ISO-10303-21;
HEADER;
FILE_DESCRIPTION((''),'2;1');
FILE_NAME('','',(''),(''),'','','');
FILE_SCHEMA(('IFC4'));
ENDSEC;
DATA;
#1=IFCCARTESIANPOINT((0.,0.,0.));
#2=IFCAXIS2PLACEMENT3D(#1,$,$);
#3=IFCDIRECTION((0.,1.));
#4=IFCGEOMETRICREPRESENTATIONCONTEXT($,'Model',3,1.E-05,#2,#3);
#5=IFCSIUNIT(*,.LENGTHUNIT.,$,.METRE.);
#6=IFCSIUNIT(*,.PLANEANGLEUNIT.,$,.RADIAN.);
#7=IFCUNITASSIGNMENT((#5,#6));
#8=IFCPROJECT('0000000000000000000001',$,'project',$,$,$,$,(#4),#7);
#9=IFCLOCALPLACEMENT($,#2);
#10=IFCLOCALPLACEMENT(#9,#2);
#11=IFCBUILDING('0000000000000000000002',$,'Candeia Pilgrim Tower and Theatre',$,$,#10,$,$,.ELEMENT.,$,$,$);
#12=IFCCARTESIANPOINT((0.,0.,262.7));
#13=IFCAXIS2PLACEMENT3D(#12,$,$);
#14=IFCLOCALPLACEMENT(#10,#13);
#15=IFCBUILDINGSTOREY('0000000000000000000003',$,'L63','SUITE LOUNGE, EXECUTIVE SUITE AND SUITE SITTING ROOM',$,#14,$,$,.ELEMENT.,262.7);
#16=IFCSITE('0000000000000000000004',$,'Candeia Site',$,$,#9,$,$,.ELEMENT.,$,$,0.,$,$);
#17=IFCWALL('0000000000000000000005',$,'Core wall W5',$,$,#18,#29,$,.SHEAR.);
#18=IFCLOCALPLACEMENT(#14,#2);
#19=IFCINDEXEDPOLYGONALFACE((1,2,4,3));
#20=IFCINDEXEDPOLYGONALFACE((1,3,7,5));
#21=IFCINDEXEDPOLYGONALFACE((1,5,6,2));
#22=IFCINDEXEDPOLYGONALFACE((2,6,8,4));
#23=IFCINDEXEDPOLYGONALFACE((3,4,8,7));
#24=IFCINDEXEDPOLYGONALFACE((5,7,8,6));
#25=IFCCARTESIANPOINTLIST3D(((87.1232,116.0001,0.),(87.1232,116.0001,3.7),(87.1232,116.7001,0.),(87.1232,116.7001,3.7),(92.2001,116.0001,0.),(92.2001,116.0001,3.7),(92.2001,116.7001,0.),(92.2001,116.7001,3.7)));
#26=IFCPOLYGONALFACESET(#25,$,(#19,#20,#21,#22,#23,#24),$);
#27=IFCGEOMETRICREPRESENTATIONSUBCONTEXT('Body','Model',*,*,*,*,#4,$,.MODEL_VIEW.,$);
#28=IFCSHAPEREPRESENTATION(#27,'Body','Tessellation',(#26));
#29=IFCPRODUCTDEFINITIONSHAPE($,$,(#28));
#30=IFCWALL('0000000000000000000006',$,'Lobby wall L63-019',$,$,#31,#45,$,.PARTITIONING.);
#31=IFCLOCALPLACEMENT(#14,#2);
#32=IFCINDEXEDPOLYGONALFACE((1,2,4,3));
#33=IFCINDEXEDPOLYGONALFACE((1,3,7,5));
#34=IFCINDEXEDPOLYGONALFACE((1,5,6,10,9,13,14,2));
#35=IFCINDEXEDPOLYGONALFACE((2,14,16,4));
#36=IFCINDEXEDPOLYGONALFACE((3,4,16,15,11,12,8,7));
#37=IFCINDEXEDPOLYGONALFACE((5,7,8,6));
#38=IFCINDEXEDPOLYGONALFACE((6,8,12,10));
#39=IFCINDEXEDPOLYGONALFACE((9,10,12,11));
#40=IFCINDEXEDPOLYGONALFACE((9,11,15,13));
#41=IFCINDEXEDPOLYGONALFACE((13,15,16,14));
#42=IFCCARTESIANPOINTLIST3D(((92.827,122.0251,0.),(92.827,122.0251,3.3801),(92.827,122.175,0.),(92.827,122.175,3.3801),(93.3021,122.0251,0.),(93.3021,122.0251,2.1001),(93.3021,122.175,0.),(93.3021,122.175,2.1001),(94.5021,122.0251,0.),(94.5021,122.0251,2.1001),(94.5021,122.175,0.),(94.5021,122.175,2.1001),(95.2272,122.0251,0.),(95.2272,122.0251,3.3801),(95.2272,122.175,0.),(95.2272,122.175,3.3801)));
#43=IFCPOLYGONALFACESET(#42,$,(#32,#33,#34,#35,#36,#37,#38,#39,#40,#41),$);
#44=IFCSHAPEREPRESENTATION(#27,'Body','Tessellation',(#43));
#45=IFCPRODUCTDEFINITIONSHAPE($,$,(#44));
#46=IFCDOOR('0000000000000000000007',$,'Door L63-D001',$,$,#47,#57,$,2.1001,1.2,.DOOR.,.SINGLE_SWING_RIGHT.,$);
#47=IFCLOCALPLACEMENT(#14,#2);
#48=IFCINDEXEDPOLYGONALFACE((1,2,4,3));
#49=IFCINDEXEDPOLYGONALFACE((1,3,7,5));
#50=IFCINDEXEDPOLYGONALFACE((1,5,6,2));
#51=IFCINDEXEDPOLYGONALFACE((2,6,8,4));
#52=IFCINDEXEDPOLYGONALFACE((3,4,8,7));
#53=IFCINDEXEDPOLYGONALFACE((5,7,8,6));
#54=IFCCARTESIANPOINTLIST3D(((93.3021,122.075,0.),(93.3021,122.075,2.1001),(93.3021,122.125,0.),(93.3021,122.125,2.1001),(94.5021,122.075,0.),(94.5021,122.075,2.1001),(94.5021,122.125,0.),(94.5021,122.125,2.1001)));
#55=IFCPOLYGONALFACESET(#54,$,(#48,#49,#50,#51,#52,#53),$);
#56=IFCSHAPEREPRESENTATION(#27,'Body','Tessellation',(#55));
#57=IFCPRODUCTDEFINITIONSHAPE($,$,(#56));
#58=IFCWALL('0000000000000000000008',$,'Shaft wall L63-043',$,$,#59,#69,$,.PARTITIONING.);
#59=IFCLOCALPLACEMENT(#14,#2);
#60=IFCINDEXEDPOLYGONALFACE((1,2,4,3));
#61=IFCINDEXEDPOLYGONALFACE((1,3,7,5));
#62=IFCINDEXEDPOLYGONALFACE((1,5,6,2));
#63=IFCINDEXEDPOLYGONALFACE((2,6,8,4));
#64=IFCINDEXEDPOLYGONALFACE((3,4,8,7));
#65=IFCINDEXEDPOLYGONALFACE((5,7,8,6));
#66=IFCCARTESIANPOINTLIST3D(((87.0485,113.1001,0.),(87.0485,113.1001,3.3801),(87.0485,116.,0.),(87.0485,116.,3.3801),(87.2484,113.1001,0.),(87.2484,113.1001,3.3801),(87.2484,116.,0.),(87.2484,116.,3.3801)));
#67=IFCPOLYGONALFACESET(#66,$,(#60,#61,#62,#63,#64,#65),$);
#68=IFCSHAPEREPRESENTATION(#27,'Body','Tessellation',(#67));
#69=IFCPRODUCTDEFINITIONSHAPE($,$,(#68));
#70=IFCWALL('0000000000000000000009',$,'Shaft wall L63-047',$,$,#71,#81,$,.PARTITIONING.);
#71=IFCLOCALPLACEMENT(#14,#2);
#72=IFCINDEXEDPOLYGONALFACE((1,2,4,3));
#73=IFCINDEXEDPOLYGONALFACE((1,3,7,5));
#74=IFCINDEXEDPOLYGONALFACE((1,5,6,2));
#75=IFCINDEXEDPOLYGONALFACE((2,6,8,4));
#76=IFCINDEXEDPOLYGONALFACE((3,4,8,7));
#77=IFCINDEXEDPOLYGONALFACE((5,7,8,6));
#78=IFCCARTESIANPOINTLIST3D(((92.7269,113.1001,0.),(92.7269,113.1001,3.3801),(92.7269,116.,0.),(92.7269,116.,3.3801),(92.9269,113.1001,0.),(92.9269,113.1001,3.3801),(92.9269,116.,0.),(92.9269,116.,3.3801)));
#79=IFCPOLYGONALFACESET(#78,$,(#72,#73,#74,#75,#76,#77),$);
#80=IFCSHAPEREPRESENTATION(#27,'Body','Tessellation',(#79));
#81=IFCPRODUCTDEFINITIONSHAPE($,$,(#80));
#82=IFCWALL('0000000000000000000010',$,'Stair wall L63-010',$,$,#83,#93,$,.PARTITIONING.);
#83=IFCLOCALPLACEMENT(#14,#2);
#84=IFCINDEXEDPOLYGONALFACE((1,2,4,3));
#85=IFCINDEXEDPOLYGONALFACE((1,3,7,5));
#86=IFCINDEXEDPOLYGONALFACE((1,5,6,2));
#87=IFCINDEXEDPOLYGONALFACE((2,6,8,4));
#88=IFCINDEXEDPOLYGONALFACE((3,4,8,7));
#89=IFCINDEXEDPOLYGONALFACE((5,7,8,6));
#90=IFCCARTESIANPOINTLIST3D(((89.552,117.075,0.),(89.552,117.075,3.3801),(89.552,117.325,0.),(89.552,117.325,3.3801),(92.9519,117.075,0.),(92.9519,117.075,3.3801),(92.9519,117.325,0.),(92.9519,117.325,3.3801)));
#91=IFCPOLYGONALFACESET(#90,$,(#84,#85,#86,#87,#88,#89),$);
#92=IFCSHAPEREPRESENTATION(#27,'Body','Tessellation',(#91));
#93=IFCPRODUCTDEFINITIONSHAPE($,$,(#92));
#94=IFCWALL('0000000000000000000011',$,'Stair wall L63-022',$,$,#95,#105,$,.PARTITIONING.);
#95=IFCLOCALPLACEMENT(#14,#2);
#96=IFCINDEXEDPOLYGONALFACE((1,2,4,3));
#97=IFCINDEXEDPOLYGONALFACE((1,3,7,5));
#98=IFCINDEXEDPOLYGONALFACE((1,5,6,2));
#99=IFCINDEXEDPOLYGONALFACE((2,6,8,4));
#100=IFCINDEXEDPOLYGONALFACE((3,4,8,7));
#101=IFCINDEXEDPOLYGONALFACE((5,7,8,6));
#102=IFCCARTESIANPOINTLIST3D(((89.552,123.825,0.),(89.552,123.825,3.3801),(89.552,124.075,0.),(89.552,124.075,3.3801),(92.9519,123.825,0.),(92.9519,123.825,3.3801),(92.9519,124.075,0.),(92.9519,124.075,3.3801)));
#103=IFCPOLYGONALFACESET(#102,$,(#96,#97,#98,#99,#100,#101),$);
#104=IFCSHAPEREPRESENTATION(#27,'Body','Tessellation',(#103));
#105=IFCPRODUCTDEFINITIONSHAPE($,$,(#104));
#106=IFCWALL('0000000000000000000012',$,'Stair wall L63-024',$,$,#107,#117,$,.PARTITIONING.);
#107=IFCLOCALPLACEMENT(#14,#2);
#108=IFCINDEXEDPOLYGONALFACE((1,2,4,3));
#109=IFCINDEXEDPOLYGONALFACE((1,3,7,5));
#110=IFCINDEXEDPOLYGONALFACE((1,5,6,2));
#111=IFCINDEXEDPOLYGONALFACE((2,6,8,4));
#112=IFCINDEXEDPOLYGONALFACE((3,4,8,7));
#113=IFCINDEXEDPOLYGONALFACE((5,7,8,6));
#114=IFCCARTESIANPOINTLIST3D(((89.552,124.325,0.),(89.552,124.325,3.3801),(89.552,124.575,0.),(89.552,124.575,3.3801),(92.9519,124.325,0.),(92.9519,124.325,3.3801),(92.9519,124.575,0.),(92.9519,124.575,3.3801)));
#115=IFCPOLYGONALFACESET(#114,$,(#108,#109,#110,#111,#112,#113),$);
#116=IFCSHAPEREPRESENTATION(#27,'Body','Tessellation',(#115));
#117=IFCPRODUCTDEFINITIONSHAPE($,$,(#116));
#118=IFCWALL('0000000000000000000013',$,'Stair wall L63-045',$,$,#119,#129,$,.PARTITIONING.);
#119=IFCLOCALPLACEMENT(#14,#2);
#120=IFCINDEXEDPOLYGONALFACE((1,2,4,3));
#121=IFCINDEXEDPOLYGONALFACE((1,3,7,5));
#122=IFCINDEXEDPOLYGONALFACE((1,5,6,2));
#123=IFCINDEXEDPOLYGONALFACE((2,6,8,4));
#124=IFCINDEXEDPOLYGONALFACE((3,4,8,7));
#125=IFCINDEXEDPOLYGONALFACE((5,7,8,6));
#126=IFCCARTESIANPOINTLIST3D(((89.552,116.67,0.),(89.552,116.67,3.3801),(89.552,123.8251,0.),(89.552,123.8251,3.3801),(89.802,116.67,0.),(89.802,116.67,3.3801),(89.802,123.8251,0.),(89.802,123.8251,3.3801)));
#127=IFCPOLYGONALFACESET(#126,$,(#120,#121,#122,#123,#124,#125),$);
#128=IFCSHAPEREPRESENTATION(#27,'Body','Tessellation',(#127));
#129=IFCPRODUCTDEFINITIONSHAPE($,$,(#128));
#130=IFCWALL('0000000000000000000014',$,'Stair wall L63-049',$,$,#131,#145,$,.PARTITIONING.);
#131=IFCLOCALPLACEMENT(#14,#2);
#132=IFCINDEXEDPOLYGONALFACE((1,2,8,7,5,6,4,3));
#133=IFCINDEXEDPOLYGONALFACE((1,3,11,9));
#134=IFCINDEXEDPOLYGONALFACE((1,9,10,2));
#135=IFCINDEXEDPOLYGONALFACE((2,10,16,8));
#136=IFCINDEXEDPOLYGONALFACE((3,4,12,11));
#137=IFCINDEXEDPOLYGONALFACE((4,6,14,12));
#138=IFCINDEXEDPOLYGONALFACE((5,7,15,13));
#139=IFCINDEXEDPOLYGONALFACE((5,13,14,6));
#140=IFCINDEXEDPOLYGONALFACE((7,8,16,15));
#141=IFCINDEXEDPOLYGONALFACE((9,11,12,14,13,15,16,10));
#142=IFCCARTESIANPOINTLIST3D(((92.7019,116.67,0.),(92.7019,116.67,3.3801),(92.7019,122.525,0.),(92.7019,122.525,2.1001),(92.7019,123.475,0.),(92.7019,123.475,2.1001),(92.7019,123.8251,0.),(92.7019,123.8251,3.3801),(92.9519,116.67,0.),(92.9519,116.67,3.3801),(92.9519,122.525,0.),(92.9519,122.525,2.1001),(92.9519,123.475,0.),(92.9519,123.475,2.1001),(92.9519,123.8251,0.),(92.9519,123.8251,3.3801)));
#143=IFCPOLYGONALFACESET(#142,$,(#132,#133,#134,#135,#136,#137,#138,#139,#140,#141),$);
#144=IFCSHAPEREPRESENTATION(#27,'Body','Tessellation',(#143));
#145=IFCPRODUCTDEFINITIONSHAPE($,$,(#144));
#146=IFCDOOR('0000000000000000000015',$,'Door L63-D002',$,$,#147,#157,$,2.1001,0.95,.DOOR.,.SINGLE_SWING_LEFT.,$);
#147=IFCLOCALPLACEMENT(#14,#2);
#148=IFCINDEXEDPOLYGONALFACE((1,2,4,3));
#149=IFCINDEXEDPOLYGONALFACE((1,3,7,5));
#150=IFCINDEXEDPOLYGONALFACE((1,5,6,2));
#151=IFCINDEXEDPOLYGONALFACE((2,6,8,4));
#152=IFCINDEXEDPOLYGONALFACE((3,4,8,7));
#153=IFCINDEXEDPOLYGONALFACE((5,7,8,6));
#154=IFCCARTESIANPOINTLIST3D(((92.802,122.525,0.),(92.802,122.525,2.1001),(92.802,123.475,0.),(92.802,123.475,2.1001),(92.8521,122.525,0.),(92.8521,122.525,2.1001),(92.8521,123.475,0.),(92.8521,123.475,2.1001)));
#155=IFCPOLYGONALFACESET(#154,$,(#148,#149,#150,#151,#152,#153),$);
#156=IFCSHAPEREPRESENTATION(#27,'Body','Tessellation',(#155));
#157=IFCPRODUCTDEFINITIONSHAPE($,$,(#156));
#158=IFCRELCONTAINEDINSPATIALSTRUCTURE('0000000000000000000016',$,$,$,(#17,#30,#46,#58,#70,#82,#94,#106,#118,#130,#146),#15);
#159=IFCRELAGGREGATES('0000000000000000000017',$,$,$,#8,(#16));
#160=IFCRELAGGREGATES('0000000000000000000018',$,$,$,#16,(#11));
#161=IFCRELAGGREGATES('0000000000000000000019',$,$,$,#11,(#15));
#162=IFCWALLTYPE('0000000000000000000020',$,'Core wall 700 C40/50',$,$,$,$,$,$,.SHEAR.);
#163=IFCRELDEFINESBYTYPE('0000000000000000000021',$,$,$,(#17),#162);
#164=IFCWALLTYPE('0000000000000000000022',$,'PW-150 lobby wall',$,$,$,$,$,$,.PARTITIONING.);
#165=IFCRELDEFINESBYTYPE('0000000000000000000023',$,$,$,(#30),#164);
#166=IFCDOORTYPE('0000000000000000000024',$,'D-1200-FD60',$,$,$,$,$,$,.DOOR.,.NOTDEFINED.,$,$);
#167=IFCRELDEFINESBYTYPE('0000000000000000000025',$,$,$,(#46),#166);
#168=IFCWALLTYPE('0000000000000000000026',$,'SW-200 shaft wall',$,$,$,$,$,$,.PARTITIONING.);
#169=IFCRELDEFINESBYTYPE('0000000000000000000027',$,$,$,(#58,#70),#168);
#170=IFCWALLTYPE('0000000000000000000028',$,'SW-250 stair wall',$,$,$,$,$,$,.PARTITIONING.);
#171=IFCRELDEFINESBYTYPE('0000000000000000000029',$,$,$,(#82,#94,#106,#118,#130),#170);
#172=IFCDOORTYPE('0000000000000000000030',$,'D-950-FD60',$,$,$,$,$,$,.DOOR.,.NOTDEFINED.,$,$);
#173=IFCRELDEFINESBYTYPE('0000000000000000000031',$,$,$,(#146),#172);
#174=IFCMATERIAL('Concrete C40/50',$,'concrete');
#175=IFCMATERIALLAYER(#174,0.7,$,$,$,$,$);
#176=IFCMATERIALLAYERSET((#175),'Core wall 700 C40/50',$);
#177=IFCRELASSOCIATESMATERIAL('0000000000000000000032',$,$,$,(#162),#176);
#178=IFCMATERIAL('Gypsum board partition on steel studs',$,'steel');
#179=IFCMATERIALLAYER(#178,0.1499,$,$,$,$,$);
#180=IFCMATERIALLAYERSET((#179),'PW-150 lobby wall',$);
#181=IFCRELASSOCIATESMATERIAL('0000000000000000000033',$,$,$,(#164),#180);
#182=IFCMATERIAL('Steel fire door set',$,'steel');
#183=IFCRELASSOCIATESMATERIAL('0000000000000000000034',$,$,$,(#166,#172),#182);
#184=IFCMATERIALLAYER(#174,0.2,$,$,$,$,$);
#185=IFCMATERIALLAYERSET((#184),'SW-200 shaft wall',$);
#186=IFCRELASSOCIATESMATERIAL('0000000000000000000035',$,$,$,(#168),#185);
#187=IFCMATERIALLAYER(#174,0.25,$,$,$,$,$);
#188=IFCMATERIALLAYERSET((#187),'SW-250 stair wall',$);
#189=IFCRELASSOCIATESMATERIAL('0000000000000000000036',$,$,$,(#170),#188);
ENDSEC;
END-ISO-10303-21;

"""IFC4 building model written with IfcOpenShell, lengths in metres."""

from ifc_helpers import new_model, si_unit, direction, frame, frame_2d, origin, place, context, subcontext, project, spatial, rectangle, extrude, material, layer, layer_set, type_object, element, fill, save


model = new_model("IFC4")

# Units and contexts
model_context = context("Model", 3, precision=1e-05, world=origin(), true_north=direction((0.0, 1.0)))
body_context = subcontext(model_context, "Body", "Model", "MODEL_VIEW")
ifc_project = project(units=[si_unit("LENGTHUNIT", "METRE"), si_unit("PLANEANGLEUNIT", "RADIAN")], contexts=[model_context])

# Site, building, storey
site_placement = place(None, origin())
site = spatial("IfcSite", under=ifc_project, at=site_placement, Name="Candeia Site", CompositionType="ELEMENT", RefElevation=0.0)
building_placement = place(site_placement, origin())
building = spatial("IfcBuilding", under=site, at=building_placement, Name="Candeia Pilgrim Tower and Theatre", CompositionType="ELEMENT")
storey_placement = place(building_placement, frame((0.0, 0.0, 262.7)))
storey = spatial("IfcBuildingStorey", under=building, at=storey_placement, Name="L63", Description="SUITE LOUNGE, EXECUTIVE SUITE AND SUITE SITTING ROOM", CompositionType="ELEMENT", Elevation=262.7)

# Wall
ifc_material_1 = material(Name="Concrete C40/50", Category="concrete")
ifc_layer_1 = layer(ifc_material_1, 0.7)
ifc_layer_set_1 = layer_set([ifc_layer_1], Name="Core wall 700 C40/50")
wall_type_1 = type_object("IfcWallType", Name="Core wall 700 C40/50", PredefinedType="SHEAR", material=ifc_layer_set_1)
wall_1_placement = place(storey_placement, frame((87.123, 116.3501, 0.0), z_axis=(0.0, 0.0, 1.0), x_axis=(1.0, 0.0, 0.0)))
element("IfcWall", 1, at=wall_1_placement, inside=storey, type_object=wall_type_1, Name="Core wall W5", PredefinedType="SHEAR", context=body_context, shape_type="SweptSolid", body=[
    extrude(rectangle(XDim=5.0769, YDim=0.7, at=frame_2d((2.5386, 0.0))), origin(), (0.0, 0.0, 1.0), 3.7),
])

# Wall, opening, door
ifc_material_2 = material(Name="Gypsum board partition on steel studs", Category="steel")
ifc_layer_2 = layer(ifc_material_2, 0.1499)
ifc_layer_set_2 = layer_set([ifc_layer_2], Name="PW-150 lobby wall")
wall_type_2 = type_object("IfcWallType", Name="PW-150 lobby wall", PredefinedType="PARTITIONING", material=ifc_layer_set_2)
wall_2_placement = place(storey_placement, frame((92.8269, 122.1001, 0.0), z_axis=(0.0, 0.0, 1.0), x_axis=(1.0, 0.0, 0.0)))
wall_2 = element("IfcWall", 2, at=wall_2_placement, inside=storey, type_object=wall_type_2, Name="Lobby wall L63-019", PredefinedType="PARTITIONING", context=body_context, shape_type="SweptSolid", body=[
    extrude(rectangle(XDim=2.4001, YDim=0.1499, at=frame_2d((1.2002, 0.0))), origin(), (0.0, 0.0, 1.0), 3.3801),
])
opening_1_placement = place(wall_2_placement, frame((0.4751, 0.0, 0.0)))
opening_1 = element("IfcOpeningElement", 3, at=opening_1_placement, cuts=wall_2, PredefinedType="OPENING", context=body_context, shape_type="SweptSolid", body=[
    extrude(rectangle(XDim=1.2, YDim=2.1001, at=frame_2d((0.6001, 1.05))), frame((0.0, 0.085, 0.0), z_axis=(0.0, -1.0, 0.0), x_axis=(1.0, 0.0, 0.0)), (0.0, 0.0, 1.0), 0.1699),
])
ifc_material_3 = material(Name="Steel fire door set", Category="steel")
door_type_1 = type_object("IfcDoorType", Name="D-1200-FD60", OperationType="NOTDEFINED", PredefinedType="DOOR", material=ifc_material_3)
door_1_placement = place(opening_1_placement, origin())
door_1 = element("IfcDoor", 4, at=door_1_placement, inside=storey, type_object=door_type_1, Name="Door L63-D001", OperationType="SINGLE_SWING_RIGHT", OverallHeight=2.1001, OverallWidth=1.2, PredefinedType="DOOR", context=body_context, shape_type="SweptSolid", body=[
    extrude(rectangle(XDim=1.2, YDim=2.1001, at=frame_2d((0.6001, 1.05))), frame((0.0, 0.0249, 0.0), z_axis=(0.0, -1.0, 0.0), x_axis=(1.0, 0.0, 0.0)), (0.0, 0.0, 1.0), 0.05),
])
fill(opening_1, door_1)

# Walls
ifc_layer_3 = layer(ifc_material_1, 0.2)
ifc_layer_set_3 = layer_set([ifc_layer_3], Name="SW-200 shaft wall")
wall_type_3 = type_object("IfcWallType", Name="SW-200 shaft wall", PredefinedType="PARTITIONING", material=ifc_layer_set_3)
for number, where, z_axis, x_axis, name in (
    (5, (87.1484, 113.1001, 0.0), (0.0, 0.0, 1.0), (0.0, 1.0, 0.0), "Shaft wall L63-043"),
    (6, (92.8269, 113.1001, 0.0), (0.0, 0.0, 1.0), (0.0, 1.0, 0.0), "Shaft wall L63-047"),
):
    element("IfcWall", number, at=place(storey_placement, frame(where, z_axis=z_axis, x_axis=x_axis)), inside=storey, type_object=wall_type_3, Name=name, PredefinedType="PARTITIONING", context=body_context, shape_type="SweptSolid", body=[
        extrude(rectangle(XDim=2.8999, YDim=0.2, at=frame_2d((1.45, 0.0))), origin(), (0.0, 0.0, 1.0), 3.3801),
    ])
ifc_layer_4 = layer(ifc_material_1, 0.25)
ifc_layer_set_4 = layer_set([ifc_layer_4], Name="SW-250 stair wall")
wall_type_4 = type_object("IfcWallType", Name="SW-250 stair wall", PredefinedType="PARTITIONING", material=ifc_layer_set_4)
for number, where, z_axis, x_axis, name in (
    (7, (89.552, 117.2, 0.0), (0.0, 0.0, 1.0), (1.0, 0.0, 0.0), "Stair wall L63-010"),
    (8, (89.552, 123.95, 0.0), (0.0, 0.0, 1.0), (1.0, 0.0, 0.0), "Stair wall L63-022"),
    (9, (89.552, 124.45, 0.0), (0.0, 0.0, 1.0), (1.0, 0.0, 0.0), "Stair wall L63-024"),
):
    element("IfcWall", number, at=place(storey_placement, frame(where, z_axis=z_axis, x_axis=x_axis)), inside=storey, type_object=wall_type_4, Name=name, PredefinedType="PARTITIONING", context=body_context, shape_type="SweptSolid", body=[
        extrude(rectangle(XDim=3.3999, YDim=0.25, at=frame_2d((1.7, 0.0))), origin(), (0.0, 0.0, 1.0), 3.3801),
    ])
wall_3_placement = place(storey_placement, frame((89.677, 116.6699, 0.0), z_axis=(0.0, 0.0, 1.0), x_axis=(0.0, 1.0, 0.0)))
element("IfcWall", 10, at=wall_3_placement, inside=storey, type_object=wall_type_4, Name="Stair wall L63-045", PredefinedType="PARTITIONING", context=body_context, shape_type="SweptSolid", body=[
    extrude(rectangle(XDim=7.155, YDim=0.25, at=frame_2d((3.5776, 0.0))), origin(), (0.0, 0.0, 1.0), 3.3801),
])

# Wall, opening, door
wall_4_placement = place(storey_placement, frame((92.8269, 116.6699, 0.0), z_axis=(0.0, 0.0, 1.0), x_axis=(0.0, 1.0, 0.0)))
wall_4 = element("IfcWall", 11, at=wall_4_placement, inside=storey, type_object=wall_type_4, Name="Stair wall L63-049", PredefinedType="PARTITIONING", context=body_context, shape_type="SweptSolid", body=[
    extrude(rectangle(XDim=7.155, YDim=0.25, at=frame_2d((3.5776, 0.0))), origin(), (0.0, 0.0, 1.0), 3.3801),
])
opening_2_placement = place(wall_4_placement, frame((5.855, 0.0, 0.0)))
opening_2 = element("IfcOpeningElement", 12, at=opening_2_placement, cuts=wall_4, PredefinedType="OPENING", context=body_context, shape_type="SweptSolid", body=[
    extrude(rectangle(XDim=0.95, YDim=2.1001, at=frame_2d((0.4751, 1.05))), frame((0.0, 0.135, 0.0), z_axis=(0.0, -1.0, 0.0), x_axis=(1.0, 0.0, 0.0)), (0.0, 0.0, 1.0), 0.27),
])
door_type_2 = type_object("IfcDoorType", Name="D-950-FD60", OperationType="NOTDEFINED", PredefinedType="DOOR", material=ifc_material_3)
door_2_placement = place(opening_2_placement, origin())
door_2 = element("IfcDoor", 13, at=door_2_placement, inside=storey, type_object=door_type_2, Name="Door L63-D002", OperationType="SINGLE_SWING_LEFT", OverallHeight=2.1001, OverallWidth=0.95, PredefinedType="DOOR", context=body_context, shape_type="SweptSolid", body=[
    extrude(rectangle(XDim=0.95, YDim=2.1001, at=frame_2d((0.4751, 1.05))), frame((0.0, 0.0249, 0.0), z_axis=(0.0, -1.0, 0.0), x_axis=(1.0, 0.0, 0.0)), (0.0, 0.0, 1.0), 0.05),
])
fill(opening_2, door_2)

save(model, "model.ifc")
